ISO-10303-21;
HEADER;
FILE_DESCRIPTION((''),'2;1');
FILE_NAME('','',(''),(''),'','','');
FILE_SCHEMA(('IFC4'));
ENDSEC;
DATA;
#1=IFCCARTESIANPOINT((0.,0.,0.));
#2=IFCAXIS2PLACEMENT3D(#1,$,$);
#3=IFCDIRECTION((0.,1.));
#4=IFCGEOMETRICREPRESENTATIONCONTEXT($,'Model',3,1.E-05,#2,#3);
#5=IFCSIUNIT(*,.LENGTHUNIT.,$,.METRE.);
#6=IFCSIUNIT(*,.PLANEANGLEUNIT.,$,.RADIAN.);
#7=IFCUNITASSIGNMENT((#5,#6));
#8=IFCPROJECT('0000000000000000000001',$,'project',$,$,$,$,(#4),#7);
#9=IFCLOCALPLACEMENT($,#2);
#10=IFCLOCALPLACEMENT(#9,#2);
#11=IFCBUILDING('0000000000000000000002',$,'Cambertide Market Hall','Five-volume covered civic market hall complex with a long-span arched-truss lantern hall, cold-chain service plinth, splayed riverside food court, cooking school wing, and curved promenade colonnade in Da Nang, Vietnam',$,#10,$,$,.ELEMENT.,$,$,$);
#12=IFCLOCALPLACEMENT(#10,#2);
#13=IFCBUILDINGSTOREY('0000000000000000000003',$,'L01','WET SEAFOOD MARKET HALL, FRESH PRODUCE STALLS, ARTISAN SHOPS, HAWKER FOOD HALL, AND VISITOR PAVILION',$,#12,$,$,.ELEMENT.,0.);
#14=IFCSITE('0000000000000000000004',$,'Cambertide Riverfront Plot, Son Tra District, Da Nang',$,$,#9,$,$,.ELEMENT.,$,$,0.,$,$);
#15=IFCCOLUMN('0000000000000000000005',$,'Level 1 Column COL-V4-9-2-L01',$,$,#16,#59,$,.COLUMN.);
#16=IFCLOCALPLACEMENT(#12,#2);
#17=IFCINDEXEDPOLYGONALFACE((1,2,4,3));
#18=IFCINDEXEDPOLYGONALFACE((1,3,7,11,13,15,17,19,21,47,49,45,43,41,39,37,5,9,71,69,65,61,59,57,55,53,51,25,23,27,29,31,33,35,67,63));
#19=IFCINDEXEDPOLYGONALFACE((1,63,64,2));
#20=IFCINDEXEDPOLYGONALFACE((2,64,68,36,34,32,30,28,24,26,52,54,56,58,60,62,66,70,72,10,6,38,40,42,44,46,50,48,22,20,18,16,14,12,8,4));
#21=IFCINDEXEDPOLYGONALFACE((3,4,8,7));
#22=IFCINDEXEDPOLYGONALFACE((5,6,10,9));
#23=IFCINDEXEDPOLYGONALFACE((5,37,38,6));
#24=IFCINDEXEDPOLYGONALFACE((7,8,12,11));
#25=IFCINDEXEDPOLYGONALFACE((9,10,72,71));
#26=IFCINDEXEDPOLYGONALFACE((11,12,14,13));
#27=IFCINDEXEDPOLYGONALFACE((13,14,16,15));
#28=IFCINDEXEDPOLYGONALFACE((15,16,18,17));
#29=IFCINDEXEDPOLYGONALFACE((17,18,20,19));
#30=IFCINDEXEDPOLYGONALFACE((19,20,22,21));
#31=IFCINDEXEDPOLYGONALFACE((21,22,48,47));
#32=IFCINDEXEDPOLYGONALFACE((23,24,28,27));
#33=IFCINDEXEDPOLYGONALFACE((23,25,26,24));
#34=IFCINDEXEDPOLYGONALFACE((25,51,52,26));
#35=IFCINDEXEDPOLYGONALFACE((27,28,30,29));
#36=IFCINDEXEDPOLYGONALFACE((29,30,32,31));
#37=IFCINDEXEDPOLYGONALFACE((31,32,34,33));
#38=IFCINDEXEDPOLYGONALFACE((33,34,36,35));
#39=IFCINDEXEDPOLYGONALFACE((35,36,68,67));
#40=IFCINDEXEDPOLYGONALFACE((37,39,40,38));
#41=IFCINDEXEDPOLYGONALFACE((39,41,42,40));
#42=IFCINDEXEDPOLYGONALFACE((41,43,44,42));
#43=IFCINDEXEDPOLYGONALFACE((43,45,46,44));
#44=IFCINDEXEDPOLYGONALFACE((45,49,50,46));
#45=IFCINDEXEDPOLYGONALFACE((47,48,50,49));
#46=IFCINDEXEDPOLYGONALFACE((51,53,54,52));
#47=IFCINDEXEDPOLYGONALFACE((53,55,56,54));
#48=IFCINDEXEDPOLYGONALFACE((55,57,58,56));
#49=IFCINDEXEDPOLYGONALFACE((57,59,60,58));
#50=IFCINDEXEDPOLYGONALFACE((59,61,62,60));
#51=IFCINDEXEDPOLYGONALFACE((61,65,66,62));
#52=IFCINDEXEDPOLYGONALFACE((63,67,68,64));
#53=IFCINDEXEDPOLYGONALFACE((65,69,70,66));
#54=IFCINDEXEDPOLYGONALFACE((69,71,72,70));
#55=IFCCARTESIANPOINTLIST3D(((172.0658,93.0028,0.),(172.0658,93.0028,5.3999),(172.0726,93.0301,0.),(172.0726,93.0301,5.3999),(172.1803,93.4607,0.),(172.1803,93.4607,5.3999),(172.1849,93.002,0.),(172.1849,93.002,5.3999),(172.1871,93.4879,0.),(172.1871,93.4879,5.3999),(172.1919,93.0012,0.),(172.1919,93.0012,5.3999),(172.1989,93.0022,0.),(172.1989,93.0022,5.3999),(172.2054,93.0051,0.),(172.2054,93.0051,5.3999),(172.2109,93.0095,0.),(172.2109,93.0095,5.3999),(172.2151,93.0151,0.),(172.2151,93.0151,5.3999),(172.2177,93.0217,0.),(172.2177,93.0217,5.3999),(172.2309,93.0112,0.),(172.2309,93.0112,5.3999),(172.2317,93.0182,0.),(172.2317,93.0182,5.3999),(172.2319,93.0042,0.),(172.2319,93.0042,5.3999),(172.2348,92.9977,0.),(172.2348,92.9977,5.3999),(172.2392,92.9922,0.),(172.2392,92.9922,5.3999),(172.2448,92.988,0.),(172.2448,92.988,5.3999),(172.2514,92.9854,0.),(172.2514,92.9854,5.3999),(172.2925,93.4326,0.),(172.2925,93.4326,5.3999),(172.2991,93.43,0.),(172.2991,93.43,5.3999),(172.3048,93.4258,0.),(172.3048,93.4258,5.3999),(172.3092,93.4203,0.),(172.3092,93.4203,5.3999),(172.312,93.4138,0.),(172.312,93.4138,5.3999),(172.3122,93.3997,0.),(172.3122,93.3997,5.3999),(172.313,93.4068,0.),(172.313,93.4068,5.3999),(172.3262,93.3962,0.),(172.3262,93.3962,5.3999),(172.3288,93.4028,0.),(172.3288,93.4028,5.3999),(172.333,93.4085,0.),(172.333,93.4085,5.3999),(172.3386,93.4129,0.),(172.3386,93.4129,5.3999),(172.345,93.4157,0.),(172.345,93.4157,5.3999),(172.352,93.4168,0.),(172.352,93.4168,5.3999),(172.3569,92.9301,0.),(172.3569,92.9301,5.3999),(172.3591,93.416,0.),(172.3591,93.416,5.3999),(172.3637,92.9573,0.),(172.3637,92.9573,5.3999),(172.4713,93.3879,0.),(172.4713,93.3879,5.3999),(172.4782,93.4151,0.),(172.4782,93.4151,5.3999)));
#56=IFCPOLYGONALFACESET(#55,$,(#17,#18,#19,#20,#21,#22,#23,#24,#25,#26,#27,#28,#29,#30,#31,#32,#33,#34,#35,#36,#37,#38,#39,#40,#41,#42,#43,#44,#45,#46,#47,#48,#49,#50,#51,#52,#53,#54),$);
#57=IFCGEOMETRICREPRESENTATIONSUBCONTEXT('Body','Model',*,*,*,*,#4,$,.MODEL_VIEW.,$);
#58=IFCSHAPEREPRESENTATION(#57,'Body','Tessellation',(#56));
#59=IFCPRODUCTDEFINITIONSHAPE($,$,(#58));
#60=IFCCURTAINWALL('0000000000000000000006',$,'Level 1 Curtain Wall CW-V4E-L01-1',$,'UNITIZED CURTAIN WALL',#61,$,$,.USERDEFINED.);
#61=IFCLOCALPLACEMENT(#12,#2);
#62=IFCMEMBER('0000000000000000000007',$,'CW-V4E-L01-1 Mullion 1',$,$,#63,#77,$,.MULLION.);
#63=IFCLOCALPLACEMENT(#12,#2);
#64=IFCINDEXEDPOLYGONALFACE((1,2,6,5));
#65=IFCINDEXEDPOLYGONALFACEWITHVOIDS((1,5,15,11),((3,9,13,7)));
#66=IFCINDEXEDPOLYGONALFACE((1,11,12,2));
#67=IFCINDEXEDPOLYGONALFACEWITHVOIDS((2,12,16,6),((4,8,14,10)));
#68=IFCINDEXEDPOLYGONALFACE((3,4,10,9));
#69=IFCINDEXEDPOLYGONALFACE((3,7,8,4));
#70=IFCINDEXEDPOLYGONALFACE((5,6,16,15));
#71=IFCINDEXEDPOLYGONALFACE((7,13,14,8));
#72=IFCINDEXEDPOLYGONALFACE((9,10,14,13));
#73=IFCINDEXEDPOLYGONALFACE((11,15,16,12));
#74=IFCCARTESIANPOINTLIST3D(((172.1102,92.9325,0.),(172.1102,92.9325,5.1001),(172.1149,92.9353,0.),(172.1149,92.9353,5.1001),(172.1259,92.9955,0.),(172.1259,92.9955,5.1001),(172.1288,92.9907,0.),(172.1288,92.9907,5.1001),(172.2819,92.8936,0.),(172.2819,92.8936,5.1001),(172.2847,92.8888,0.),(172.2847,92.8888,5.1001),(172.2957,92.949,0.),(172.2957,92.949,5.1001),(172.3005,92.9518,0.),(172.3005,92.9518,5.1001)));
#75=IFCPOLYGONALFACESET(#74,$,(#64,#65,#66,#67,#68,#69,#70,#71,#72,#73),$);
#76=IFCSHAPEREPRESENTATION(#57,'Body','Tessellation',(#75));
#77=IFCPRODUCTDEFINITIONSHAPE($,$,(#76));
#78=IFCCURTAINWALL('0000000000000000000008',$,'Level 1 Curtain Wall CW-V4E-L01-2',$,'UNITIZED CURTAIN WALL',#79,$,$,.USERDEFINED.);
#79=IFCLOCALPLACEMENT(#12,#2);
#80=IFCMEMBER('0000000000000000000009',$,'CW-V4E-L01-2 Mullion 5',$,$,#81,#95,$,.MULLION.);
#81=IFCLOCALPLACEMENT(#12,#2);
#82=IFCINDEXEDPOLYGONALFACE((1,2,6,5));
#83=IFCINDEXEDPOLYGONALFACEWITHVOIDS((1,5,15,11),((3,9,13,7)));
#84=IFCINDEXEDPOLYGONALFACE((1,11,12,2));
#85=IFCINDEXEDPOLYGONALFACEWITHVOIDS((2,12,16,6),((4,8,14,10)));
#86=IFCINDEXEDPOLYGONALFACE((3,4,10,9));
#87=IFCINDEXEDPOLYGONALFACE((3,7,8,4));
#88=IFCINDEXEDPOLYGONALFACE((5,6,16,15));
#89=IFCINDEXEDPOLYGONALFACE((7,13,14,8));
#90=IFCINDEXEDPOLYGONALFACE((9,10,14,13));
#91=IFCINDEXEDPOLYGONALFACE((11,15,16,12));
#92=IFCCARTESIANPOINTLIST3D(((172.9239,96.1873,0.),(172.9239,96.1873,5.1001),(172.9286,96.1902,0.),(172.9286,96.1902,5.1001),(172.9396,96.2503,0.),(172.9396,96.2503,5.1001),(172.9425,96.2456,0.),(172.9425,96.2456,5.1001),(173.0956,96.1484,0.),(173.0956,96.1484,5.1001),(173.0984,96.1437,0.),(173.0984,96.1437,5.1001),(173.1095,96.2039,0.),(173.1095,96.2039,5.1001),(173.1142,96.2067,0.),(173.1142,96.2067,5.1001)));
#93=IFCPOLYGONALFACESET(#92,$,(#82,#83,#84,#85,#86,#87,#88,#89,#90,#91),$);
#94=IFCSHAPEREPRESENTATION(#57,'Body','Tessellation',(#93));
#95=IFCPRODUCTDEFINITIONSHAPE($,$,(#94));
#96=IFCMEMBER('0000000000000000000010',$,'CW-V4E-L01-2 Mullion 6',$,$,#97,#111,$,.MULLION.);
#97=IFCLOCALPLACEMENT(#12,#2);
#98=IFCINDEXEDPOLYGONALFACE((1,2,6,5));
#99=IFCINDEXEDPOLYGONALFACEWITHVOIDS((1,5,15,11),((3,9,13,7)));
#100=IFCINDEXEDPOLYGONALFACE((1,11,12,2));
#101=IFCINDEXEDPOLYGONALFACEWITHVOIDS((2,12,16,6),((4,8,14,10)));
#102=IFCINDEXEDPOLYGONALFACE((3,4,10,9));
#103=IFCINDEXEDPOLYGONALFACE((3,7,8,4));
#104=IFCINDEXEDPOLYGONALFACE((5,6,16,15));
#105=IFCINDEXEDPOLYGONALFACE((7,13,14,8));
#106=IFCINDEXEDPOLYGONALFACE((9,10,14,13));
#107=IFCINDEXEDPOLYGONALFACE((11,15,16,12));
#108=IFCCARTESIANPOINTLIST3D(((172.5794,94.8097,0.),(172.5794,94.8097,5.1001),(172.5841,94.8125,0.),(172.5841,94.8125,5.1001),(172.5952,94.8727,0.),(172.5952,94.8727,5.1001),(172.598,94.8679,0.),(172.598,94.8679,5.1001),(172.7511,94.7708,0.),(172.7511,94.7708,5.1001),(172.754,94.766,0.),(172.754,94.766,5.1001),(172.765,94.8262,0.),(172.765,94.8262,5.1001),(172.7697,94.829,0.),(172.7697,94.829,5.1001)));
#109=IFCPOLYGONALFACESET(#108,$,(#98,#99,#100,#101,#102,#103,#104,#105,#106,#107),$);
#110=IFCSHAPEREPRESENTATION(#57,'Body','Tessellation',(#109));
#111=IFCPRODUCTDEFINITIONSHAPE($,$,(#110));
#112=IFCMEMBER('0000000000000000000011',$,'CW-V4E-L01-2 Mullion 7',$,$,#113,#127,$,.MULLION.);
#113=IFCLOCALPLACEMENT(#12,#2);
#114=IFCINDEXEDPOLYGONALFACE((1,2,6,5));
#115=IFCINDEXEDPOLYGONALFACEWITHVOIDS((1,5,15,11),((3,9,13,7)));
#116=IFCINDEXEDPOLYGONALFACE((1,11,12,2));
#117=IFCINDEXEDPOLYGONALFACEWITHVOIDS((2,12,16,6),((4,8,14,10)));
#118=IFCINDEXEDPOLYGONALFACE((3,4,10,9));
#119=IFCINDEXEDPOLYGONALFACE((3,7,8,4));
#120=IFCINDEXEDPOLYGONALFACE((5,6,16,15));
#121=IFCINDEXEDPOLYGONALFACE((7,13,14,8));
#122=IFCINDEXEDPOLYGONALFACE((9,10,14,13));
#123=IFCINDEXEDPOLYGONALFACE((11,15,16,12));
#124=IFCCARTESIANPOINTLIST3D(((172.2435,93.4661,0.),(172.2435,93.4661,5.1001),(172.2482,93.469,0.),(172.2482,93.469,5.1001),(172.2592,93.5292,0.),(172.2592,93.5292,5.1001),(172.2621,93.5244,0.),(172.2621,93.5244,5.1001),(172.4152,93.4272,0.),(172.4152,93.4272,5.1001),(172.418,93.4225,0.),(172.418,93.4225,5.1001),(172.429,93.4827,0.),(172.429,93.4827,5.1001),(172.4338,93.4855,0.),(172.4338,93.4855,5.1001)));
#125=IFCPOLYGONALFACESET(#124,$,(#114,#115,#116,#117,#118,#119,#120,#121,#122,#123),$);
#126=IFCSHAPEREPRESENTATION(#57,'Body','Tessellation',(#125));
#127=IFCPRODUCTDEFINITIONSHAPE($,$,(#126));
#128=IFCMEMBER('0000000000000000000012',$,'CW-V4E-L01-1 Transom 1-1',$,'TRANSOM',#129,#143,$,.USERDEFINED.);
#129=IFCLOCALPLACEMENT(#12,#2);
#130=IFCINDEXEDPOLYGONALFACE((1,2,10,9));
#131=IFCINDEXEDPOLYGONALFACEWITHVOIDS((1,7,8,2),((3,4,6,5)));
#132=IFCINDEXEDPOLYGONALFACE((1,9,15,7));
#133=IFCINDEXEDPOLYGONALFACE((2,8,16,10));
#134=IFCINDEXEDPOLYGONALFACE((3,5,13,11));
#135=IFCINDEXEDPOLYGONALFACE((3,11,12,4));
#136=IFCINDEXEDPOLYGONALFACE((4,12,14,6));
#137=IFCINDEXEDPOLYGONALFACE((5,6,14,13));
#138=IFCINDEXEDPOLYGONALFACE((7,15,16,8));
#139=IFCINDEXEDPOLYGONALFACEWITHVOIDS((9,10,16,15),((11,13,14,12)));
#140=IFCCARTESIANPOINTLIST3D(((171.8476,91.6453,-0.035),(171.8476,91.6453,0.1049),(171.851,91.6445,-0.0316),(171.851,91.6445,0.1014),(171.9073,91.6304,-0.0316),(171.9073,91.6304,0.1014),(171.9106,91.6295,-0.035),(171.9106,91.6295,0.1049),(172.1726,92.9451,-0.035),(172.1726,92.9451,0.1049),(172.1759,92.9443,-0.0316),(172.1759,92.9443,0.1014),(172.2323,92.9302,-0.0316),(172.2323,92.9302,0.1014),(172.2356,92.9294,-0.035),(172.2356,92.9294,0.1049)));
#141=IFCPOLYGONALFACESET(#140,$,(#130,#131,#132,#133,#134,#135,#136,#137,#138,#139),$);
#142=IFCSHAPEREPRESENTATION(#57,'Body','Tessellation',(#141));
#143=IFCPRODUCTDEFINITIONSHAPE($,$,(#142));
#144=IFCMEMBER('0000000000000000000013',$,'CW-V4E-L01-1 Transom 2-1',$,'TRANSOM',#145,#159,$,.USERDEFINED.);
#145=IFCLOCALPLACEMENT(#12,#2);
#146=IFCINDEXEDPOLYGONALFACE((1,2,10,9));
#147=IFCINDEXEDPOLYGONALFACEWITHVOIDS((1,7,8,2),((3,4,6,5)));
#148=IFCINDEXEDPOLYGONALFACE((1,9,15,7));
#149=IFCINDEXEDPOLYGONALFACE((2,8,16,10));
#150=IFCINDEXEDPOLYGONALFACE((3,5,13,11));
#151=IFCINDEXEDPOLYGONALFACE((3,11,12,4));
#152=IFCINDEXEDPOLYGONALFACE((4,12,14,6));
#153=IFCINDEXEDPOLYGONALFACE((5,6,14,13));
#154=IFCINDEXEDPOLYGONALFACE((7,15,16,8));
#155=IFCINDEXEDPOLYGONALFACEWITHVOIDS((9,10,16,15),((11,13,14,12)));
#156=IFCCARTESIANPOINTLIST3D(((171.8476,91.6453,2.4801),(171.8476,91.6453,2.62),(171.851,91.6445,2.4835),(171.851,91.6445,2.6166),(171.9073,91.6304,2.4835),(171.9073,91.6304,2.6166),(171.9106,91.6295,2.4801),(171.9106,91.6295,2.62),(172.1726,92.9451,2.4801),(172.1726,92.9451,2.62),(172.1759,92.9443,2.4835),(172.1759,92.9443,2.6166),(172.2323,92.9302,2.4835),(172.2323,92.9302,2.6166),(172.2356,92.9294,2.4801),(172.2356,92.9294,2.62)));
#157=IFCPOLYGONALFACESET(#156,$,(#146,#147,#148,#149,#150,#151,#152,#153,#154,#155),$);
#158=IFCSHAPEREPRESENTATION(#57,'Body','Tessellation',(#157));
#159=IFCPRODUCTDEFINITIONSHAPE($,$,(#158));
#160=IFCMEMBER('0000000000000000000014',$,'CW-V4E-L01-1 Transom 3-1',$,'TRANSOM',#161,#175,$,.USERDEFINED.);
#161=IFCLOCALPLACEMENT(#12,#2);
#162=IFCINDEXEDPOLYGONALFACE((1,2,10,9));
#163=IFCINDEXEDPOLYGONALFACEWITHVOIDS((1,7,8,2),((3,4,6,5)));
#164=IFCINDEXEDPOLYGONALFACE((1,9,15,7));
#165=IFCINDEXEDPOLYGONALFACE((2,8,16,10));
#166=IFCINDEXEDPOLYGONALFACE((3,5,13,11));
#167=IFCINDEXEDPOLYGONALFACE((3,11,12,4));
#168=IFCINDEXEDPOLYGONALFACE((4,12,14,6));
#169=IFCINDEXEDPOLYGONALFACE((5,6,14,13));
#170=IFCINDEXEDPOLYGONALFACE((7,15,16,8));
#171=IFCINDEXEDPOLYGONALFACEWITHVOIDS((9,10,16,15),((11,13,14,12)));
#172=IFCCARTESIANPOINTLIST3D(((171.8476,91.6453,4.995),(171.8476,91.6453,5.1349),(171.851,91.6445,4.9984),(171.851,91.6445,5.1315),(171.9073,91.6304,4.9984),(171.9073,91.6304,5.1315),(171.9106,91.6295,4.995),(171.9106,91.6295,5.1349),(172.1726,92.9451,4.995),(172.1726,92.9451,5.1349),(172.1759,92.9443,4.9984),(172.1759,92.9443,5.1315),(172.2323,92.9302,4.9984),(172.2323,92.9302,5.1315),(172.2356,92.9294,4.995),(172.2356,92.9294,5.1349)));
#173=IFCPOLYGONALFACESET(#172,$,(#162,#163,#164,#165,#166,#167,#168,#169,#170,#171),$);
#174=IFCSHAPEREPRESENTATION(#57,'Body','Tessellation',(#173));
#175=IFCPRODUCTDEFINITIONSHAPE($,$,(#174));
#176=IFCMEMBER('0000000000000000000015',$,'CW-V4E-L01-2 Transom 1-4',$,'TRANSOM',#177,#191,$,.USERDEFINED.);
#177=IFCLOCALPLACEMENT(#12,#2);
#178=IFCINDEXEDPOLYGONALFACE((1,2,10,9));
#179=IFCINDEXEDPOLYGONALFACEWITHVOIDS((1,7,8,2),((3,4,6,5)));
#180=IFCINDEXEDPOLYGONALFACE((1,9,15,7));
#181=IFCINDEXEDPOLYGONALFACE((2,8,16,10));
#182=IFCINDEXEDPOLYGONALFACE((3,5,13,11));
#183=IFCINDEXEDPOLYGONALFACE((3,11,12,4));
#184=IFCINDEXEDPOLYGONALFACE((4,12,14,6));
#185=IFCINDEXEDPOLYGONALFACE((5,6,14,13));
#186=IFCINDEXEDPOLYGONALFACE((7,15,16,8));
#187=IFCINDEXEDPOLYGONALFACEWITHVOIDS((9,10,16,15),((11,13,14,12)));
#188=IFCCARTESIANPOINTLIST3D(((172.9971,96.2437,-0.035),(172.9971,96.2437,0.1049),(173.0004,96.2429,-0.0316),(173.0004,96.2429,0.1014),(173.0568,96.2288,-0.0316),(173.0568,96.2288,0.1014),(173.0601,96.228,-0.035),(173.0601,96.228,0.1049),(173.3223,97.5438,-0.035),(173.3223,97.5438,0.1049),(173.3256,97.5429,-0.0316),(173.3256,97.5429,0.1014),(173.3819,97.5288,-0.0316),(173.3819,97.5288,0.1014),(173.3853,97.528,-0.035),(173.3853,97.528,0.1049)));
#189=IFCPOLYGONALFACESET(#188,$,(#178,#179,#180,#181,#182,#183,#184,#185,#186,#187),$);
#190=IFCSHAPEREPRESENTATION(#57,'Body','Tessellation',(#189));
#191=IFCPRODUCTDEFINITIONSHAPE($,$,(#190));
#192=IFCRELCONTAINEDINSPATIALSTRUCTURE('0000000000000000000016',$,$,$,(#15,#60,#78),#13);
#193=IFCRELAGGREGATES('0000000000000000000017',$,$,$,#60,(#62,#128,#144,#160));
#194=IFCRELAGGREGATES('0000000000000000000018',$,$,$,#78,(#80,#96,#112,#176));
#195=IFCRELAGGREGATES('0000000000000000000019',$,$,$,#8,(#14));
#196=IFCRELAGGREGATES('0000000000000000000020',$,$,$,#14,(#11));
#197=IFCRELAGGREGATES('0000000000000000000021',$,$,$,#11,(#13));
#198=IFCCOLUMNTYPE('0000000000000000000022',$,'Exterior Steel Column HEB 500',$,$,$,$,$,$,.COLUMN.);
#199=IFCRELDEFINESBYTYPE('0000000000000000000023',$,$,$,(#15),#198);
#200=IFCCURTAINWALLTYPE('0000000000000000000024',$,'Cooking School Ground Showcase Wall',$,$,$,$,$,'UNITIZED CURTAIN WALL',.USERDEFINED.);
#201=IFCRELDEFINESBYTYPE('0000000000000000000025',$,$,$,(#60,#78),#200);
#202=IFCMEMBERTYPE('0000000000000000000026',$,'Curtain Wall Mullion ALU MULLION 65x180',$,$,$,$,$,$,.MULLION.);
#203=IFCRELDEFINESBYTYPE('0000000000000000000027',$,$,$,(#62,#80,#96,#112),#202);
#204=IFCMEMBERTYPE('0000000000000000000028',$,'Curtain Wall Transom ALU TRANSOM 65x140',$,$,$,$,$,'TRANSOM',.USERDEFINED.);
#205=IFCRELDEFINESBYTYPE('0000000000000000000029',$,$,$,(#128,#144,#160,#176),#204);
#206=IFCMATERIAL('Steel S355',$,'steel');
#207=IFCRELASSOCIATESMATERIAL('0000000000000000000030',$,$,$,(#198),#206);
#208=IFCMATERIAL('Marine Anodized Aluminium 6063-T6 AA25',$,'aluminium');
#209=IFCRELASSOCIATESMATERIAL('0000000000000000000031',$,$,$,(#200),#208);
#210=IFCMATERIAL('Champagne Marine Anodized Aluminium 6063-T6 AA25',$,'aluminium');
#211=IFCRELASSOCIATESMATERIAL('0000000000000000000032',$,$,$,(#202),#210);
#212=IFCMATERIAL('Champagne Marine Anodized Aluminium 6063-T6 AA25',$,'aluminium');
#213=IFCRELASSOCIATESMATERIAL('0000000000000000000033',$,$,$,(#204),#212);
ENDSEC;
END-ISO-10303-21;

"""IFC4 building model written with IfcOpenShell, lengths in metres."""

from ifc_helpers import new_model, si_unit, direction, frame, origin, origin_2d, place, context, subcontext, project, spatial, hollow_rectangle, i_section, extrude, material, material_profile, profile_set, type_object, element, aggregate, save


model = new_model("IFC4")

# Units and contexts
model_context = context("Model", 3, precision=1e-05, world=origin(), true_north=direction((0.0, 1.0)))
body_context = subcontext(model_context, "Body", "Model", "MODEL_VIEW")
ifc_project = project(units=[si_unit("LENGTHUNIT", "METRE"), si_unit("PLANEANGLEUNIT", "RADIAN")], contexts=[model_context])

# Site, building, storey
site_placement = place(None, origin())
site = spatial("IfcSite", under=ifc_project, at=site_placement, Name="Cambertide Riverfront Plot, Son Tra District, Da Nang", CompositionType="ELEMENT", RefElevation=0.0)
building_placement = place(site_placement, origin())
building = spatial("IfcBuilding", under=site, at=building_placement, Name="Cambertide Market Hall", Description="Five-volume covered civic market hall complex with a long-span arched-truss lantern hall, cold-chain service plinth, splayed riverside food court, cooking school wing, and curved promenade colonnade in Da Nang, Vietnam", CompositionType="ELEMENT")
storey_placement = place(building_placement, origin())
storey = spatial("IfcBuildingStorey", under=building, at=storey_placement, Name="L01", Description="WET SEAFOOD MARKET HALL, FRESH PRODUCE STALLS, ARTISAN SHOPS, HAWKER FOOD HALL, AND VISITOR PAVILION", CompositionType="ELEMENT", Elevation=0.0)

# Column
ifc_material_1 = material(Name="Steel S355", Category="steel")
ifc_material_profile_1 = material_profile(ifc_material_1, i_section(OverallWidth=0.3, OverallDepth=0.5, WebThickness=0.0144, FlangeThickness=0.0281, FilletRadius=0.0271, at=origin_2d()), Name="HEB 500")
ifc_profile_set_1 = profile_set([ifc_material_profile_1], Name="Steel S355")
column_type = type_object("IfcColumnType", Name="Exterior Steel Column HEB 500", PredefinedType="COLUMN", material=ifc_profile_set_1)
column_placement = place(storey_placement, frame((172.272, 93.209, 0.0), z_axis=(0.0, 0.0, 1.0), x_axis=(0.970143, -0.242536, 0.0)))
element("IfcColumn", 1, at=column_placement, inside=storey, type_object=column_type, Name="Level 1 Column COL-V4-9-2-L01", PredefinedType="COLUMN", context=body_context, shape_type="SweptSolid", body=[
    extrude(i_section(OverallWidth=0.3, OverallDepth=0.5, WebThickness=0.0144, FlangeThickness=0.0281, FilletRadius=0.0271, at=origin_2d()), origin(), (0.0, 0.0, 1.0), 5.3999),
])

# Curtain wall, member
ifc_material_2 = material(Name="Marine Anodized Aluminium 6063-T6 AA25", Category="aluminium")
curtain_wall_type = type_object("IfcCurtainWallType", Name="Cooking School Ground Showcase Wall", ElementType="UNITIZED CURTAIN WALL", PredefinedType="USERDEFINED", material=ifc_material_2)
curtain_wall_1_placement = place(storey_placement, origin())
curtain_wall_1 = element("IfcCurtainWall", 2, at=curtain_wall_1_placement, inside=storey, type_object=curtain_wall_type, Name="Level 1 Curtain Wall CW-V4E-L01-1", ObjectType="UNITIZED CURTAIN WALL", PredefinedType="USERDEFINED")
ifc_material_3 = material(Name="Champagne Marine Anodized Aluminium 6063-T6 AA25", Category="aluminium")
ifc_material_profile_2 = material_profile(ifc_material_3, hollow_rectangle(XDim=0.0649, YDim=0.1799, WallThickness=0.0039, at=origin_2d()), Name="ALU MULLION 65x180")
ifc_profile_set_2 = profile_set([ifc_material_profile_2], Name="Champagne Marine Anodized Aluminium 6063-T6 AA25")
member_type_1 = type_object("IfcMemberType", Name="Curtain Wall Mullion ALU MULLION 65x180", PredefinedType="MULLION", material=ifc_profile_set_2)
member_1_placement = place(storey_placement, frame((172.2053, 92.9421, 0.0), z_axis=(0.0, 0.0, 1.0), x_axis=(-0.242536, -0.970143, 0.0)))
member_1 = element("IfcMember", 3, at=member_1_placement, type_object=member_type_1, Name="CW-V4E-L01-1 Mullion 1", PredefinedType="MULLION", context=body_context, shape_type="SweptSolid", body=[
    extrude(hollow_rectangle(XDim=0.0649, YDim=0.1799, WallThickness=0.0039, at=origin_2d()), origin(), (0.0, 0.0, 1.0), 5.1001),
])

# Curtain wall, members
curtain_wall_2_placement = place(storey_placement, origin())
curtain_wall_2 = element("IfcCurtainWall", 4, at=curtain_wall_2_placement, inside=storey, type_object=curtain_wall_type, Name="Level 1 Curtain Wall CW-V4E-L01-2", ObjectType="UNITIZED CURTAIN WALL", PredefinedType="USERDEFINED")
member_2_placement = place(storey_placement, frame((173.019, 96.197, 0.0), z_axis=(0.0, 0.0, 1.0), x_axis=(-0.242536, -0.970142, 0.0)))
member_2 = element("IfcMember", 5, at=member_2_placement, type_object=member_type_1, Name="CW-V4E-L01-2 Mullion 5", PredefinedType="MULLION", context=body_context, shape_type="SweptSolid", body=[
    extrude(hollow_rectangle(XDim=0.0649, YDim=0.1799, WallThickness=0.0039, at=origin_2d()), origin(), (0.0, 0.0, 1.0), 5.1001),
])
member_3_placement = place(storey_placement, frame((172.6746, 94.8193, 0.0), z_axis=(0.0, 0.0, 1.0), x_axis=(-0.242536, -0.970142, 0.0)))
member_3 = element("IfcMember", 6, at=member_3_placement, type_object=member_type_1, Name="CW-V4E-L01-2 Mullion 6", PredefinedType="MULLION", context=body_context, shape_type="SweptSolid", body=[
    extrude(hollow_rectangle(XDim=0.0649, YDim=0.1799, WallThickness=0.0039, at=origin_2d()), origin(), (0.0, 0.0, 1.0), 5.1001),
])
member_4_placement = place(storey_placement, frame((172.3386, 93.4758, 0.0), z_axis=(0.0, 0.0, 1.0), x_axis=(-0.242536, -0.970142, 0.0)))
member_4 = element("IfcMember", 7, at=member_4_placement, type_object=member_type_1, Name="CW-V4E-L01-2 Mullion 7", PredefinedType="MULLION", context=body_context, shape_type="SweptSolid", body=[
    extrude(hollow_rectangle(XDim=0.0649, YDim=0.1799, WallThickness=0.0039, at=origin_2d()), origin(), (0.0, 0.0, 1.0), 5.1001),
])

# Members
ifc_material_4 = material(Name="Champagne Marine Anodized Aluminium 6063-T6 AA25", Category="aluminium")
ifc_material_profile_3 = material_profile(ifc_material_4, hollow_rectangle(XDim=0.0649, YDim=0.1399, WallThickness=0.0034, at=origin_2d()), Name="ALU TRANSOM 65x140")
ifc_profile_set_3 = profile_set([ifc_material_profile_3], Name="Champagne Marine Anodized Aluminium 6063-T6 AA25")
member_type_2 = type_object("IfcMemberType", Name="Curtain Wall Transom ALU TRANSOM 65x140", ElementType="TRANSOM", PredefinedType="USERDEFINED", material=ifc_profile_set_3)
member_5_placement = place(storey_placement, frame((172.2041, 92.9373, 0.0349), z_axis=(-0.242536, -0.970143, 0.0), x_axis=(0.970143, -0.242536, 0.0)))
member_5 = element("IfcMember", 8, at=member_5_placement, type_object=member_type_2, Name="CW-V4E-L01-1 Transom 1-1", ObjectType="TRANSOM", PredefinedType="USERDEFINED", context=body_context, shape_type="SweptSolid", body=[
    extrude(hollow_rectangle(XDim=0.0649, YDim=0.1399, WallThickness=0.0034, at=origin_2d()), origin(), (0.0, 0.0, 1.0), 1.3398),
])
member_6_placement = place(storey_placement, frame((172.2041, 92.9373, 2.55), z_axis=(-0.242536, -0.970143, 0.0), x_axis=(0.970143, -0.242536, 0.0)))
member_6 = element("IfcMember", 9, at=member_6_placement, type_object=member_type_2, Name="CW-V4E-L01-1 Transom 2-1", ObjectType="TRANSOM", PredefinedType="USERDEFINED", context=body_context, shape_type="SweptSolid", body=[
    extrude(hollow_rectangle(XDim=0.0649, YDim=0.1399, WallThickness=0.0034, at=origin_2d()), origin(), (0.0, 0.0, 1.0), 1.3398),
])
member_7_placement = place(storey_placement, frame((172.2041, 92.9373, 5.0649), z_axis=(-0.242536, -0.970143, 0.0), x_axis=(0.970143, -0.242536, 0.0)))
member_7 = element("IfcMember", 10, at=member_7_placement, type_object=member_type_2, Name="CW-V4E-L01-1 Transom 3-1", ObjectType="TRANSOM", PredefinedType="USERDEFINED", context=body_context, shape_type="SweptSolid", body=[
    extrude(hollow_rectangle(XDim=0.0649, YDim=0.1399, WallThickness=0.0034, at=origin_2d()), origin(), (0.0, 0.0, 1.0), 1.3398),
])
member_8_placement = place(storey_placement, frame((173.3538, 97.5359, 0.0349), z_axis=(-0.242664, -0.97011, 0.0), x_axis=(0.97011, -0.242664, 0.0)))
member_8 = element("IfcMember", 11, at=member_8_placement, type_object=member_type_2, Name="CW-V4E-L01-2 Transom 1-4", ObjectType="TRANSOM", PredefinedType="USERDEFINED", context=body_context, shape_type="SweptSolid", body=[
    extrude(hollow_rectangle(XDim=0.0649, YDim=0.1399, WallThickness=0.0034, at=origin_2d()), origin(), (0.0, 0.0, 1.0), 1.3401),
])

aggregate(curtain_wall_1, [member_1, member_5, member_6, member_7])
aggregate(curtain_wall_2, [member_2, member_3, member_4, member_8])

save(model, "model.ifc")
